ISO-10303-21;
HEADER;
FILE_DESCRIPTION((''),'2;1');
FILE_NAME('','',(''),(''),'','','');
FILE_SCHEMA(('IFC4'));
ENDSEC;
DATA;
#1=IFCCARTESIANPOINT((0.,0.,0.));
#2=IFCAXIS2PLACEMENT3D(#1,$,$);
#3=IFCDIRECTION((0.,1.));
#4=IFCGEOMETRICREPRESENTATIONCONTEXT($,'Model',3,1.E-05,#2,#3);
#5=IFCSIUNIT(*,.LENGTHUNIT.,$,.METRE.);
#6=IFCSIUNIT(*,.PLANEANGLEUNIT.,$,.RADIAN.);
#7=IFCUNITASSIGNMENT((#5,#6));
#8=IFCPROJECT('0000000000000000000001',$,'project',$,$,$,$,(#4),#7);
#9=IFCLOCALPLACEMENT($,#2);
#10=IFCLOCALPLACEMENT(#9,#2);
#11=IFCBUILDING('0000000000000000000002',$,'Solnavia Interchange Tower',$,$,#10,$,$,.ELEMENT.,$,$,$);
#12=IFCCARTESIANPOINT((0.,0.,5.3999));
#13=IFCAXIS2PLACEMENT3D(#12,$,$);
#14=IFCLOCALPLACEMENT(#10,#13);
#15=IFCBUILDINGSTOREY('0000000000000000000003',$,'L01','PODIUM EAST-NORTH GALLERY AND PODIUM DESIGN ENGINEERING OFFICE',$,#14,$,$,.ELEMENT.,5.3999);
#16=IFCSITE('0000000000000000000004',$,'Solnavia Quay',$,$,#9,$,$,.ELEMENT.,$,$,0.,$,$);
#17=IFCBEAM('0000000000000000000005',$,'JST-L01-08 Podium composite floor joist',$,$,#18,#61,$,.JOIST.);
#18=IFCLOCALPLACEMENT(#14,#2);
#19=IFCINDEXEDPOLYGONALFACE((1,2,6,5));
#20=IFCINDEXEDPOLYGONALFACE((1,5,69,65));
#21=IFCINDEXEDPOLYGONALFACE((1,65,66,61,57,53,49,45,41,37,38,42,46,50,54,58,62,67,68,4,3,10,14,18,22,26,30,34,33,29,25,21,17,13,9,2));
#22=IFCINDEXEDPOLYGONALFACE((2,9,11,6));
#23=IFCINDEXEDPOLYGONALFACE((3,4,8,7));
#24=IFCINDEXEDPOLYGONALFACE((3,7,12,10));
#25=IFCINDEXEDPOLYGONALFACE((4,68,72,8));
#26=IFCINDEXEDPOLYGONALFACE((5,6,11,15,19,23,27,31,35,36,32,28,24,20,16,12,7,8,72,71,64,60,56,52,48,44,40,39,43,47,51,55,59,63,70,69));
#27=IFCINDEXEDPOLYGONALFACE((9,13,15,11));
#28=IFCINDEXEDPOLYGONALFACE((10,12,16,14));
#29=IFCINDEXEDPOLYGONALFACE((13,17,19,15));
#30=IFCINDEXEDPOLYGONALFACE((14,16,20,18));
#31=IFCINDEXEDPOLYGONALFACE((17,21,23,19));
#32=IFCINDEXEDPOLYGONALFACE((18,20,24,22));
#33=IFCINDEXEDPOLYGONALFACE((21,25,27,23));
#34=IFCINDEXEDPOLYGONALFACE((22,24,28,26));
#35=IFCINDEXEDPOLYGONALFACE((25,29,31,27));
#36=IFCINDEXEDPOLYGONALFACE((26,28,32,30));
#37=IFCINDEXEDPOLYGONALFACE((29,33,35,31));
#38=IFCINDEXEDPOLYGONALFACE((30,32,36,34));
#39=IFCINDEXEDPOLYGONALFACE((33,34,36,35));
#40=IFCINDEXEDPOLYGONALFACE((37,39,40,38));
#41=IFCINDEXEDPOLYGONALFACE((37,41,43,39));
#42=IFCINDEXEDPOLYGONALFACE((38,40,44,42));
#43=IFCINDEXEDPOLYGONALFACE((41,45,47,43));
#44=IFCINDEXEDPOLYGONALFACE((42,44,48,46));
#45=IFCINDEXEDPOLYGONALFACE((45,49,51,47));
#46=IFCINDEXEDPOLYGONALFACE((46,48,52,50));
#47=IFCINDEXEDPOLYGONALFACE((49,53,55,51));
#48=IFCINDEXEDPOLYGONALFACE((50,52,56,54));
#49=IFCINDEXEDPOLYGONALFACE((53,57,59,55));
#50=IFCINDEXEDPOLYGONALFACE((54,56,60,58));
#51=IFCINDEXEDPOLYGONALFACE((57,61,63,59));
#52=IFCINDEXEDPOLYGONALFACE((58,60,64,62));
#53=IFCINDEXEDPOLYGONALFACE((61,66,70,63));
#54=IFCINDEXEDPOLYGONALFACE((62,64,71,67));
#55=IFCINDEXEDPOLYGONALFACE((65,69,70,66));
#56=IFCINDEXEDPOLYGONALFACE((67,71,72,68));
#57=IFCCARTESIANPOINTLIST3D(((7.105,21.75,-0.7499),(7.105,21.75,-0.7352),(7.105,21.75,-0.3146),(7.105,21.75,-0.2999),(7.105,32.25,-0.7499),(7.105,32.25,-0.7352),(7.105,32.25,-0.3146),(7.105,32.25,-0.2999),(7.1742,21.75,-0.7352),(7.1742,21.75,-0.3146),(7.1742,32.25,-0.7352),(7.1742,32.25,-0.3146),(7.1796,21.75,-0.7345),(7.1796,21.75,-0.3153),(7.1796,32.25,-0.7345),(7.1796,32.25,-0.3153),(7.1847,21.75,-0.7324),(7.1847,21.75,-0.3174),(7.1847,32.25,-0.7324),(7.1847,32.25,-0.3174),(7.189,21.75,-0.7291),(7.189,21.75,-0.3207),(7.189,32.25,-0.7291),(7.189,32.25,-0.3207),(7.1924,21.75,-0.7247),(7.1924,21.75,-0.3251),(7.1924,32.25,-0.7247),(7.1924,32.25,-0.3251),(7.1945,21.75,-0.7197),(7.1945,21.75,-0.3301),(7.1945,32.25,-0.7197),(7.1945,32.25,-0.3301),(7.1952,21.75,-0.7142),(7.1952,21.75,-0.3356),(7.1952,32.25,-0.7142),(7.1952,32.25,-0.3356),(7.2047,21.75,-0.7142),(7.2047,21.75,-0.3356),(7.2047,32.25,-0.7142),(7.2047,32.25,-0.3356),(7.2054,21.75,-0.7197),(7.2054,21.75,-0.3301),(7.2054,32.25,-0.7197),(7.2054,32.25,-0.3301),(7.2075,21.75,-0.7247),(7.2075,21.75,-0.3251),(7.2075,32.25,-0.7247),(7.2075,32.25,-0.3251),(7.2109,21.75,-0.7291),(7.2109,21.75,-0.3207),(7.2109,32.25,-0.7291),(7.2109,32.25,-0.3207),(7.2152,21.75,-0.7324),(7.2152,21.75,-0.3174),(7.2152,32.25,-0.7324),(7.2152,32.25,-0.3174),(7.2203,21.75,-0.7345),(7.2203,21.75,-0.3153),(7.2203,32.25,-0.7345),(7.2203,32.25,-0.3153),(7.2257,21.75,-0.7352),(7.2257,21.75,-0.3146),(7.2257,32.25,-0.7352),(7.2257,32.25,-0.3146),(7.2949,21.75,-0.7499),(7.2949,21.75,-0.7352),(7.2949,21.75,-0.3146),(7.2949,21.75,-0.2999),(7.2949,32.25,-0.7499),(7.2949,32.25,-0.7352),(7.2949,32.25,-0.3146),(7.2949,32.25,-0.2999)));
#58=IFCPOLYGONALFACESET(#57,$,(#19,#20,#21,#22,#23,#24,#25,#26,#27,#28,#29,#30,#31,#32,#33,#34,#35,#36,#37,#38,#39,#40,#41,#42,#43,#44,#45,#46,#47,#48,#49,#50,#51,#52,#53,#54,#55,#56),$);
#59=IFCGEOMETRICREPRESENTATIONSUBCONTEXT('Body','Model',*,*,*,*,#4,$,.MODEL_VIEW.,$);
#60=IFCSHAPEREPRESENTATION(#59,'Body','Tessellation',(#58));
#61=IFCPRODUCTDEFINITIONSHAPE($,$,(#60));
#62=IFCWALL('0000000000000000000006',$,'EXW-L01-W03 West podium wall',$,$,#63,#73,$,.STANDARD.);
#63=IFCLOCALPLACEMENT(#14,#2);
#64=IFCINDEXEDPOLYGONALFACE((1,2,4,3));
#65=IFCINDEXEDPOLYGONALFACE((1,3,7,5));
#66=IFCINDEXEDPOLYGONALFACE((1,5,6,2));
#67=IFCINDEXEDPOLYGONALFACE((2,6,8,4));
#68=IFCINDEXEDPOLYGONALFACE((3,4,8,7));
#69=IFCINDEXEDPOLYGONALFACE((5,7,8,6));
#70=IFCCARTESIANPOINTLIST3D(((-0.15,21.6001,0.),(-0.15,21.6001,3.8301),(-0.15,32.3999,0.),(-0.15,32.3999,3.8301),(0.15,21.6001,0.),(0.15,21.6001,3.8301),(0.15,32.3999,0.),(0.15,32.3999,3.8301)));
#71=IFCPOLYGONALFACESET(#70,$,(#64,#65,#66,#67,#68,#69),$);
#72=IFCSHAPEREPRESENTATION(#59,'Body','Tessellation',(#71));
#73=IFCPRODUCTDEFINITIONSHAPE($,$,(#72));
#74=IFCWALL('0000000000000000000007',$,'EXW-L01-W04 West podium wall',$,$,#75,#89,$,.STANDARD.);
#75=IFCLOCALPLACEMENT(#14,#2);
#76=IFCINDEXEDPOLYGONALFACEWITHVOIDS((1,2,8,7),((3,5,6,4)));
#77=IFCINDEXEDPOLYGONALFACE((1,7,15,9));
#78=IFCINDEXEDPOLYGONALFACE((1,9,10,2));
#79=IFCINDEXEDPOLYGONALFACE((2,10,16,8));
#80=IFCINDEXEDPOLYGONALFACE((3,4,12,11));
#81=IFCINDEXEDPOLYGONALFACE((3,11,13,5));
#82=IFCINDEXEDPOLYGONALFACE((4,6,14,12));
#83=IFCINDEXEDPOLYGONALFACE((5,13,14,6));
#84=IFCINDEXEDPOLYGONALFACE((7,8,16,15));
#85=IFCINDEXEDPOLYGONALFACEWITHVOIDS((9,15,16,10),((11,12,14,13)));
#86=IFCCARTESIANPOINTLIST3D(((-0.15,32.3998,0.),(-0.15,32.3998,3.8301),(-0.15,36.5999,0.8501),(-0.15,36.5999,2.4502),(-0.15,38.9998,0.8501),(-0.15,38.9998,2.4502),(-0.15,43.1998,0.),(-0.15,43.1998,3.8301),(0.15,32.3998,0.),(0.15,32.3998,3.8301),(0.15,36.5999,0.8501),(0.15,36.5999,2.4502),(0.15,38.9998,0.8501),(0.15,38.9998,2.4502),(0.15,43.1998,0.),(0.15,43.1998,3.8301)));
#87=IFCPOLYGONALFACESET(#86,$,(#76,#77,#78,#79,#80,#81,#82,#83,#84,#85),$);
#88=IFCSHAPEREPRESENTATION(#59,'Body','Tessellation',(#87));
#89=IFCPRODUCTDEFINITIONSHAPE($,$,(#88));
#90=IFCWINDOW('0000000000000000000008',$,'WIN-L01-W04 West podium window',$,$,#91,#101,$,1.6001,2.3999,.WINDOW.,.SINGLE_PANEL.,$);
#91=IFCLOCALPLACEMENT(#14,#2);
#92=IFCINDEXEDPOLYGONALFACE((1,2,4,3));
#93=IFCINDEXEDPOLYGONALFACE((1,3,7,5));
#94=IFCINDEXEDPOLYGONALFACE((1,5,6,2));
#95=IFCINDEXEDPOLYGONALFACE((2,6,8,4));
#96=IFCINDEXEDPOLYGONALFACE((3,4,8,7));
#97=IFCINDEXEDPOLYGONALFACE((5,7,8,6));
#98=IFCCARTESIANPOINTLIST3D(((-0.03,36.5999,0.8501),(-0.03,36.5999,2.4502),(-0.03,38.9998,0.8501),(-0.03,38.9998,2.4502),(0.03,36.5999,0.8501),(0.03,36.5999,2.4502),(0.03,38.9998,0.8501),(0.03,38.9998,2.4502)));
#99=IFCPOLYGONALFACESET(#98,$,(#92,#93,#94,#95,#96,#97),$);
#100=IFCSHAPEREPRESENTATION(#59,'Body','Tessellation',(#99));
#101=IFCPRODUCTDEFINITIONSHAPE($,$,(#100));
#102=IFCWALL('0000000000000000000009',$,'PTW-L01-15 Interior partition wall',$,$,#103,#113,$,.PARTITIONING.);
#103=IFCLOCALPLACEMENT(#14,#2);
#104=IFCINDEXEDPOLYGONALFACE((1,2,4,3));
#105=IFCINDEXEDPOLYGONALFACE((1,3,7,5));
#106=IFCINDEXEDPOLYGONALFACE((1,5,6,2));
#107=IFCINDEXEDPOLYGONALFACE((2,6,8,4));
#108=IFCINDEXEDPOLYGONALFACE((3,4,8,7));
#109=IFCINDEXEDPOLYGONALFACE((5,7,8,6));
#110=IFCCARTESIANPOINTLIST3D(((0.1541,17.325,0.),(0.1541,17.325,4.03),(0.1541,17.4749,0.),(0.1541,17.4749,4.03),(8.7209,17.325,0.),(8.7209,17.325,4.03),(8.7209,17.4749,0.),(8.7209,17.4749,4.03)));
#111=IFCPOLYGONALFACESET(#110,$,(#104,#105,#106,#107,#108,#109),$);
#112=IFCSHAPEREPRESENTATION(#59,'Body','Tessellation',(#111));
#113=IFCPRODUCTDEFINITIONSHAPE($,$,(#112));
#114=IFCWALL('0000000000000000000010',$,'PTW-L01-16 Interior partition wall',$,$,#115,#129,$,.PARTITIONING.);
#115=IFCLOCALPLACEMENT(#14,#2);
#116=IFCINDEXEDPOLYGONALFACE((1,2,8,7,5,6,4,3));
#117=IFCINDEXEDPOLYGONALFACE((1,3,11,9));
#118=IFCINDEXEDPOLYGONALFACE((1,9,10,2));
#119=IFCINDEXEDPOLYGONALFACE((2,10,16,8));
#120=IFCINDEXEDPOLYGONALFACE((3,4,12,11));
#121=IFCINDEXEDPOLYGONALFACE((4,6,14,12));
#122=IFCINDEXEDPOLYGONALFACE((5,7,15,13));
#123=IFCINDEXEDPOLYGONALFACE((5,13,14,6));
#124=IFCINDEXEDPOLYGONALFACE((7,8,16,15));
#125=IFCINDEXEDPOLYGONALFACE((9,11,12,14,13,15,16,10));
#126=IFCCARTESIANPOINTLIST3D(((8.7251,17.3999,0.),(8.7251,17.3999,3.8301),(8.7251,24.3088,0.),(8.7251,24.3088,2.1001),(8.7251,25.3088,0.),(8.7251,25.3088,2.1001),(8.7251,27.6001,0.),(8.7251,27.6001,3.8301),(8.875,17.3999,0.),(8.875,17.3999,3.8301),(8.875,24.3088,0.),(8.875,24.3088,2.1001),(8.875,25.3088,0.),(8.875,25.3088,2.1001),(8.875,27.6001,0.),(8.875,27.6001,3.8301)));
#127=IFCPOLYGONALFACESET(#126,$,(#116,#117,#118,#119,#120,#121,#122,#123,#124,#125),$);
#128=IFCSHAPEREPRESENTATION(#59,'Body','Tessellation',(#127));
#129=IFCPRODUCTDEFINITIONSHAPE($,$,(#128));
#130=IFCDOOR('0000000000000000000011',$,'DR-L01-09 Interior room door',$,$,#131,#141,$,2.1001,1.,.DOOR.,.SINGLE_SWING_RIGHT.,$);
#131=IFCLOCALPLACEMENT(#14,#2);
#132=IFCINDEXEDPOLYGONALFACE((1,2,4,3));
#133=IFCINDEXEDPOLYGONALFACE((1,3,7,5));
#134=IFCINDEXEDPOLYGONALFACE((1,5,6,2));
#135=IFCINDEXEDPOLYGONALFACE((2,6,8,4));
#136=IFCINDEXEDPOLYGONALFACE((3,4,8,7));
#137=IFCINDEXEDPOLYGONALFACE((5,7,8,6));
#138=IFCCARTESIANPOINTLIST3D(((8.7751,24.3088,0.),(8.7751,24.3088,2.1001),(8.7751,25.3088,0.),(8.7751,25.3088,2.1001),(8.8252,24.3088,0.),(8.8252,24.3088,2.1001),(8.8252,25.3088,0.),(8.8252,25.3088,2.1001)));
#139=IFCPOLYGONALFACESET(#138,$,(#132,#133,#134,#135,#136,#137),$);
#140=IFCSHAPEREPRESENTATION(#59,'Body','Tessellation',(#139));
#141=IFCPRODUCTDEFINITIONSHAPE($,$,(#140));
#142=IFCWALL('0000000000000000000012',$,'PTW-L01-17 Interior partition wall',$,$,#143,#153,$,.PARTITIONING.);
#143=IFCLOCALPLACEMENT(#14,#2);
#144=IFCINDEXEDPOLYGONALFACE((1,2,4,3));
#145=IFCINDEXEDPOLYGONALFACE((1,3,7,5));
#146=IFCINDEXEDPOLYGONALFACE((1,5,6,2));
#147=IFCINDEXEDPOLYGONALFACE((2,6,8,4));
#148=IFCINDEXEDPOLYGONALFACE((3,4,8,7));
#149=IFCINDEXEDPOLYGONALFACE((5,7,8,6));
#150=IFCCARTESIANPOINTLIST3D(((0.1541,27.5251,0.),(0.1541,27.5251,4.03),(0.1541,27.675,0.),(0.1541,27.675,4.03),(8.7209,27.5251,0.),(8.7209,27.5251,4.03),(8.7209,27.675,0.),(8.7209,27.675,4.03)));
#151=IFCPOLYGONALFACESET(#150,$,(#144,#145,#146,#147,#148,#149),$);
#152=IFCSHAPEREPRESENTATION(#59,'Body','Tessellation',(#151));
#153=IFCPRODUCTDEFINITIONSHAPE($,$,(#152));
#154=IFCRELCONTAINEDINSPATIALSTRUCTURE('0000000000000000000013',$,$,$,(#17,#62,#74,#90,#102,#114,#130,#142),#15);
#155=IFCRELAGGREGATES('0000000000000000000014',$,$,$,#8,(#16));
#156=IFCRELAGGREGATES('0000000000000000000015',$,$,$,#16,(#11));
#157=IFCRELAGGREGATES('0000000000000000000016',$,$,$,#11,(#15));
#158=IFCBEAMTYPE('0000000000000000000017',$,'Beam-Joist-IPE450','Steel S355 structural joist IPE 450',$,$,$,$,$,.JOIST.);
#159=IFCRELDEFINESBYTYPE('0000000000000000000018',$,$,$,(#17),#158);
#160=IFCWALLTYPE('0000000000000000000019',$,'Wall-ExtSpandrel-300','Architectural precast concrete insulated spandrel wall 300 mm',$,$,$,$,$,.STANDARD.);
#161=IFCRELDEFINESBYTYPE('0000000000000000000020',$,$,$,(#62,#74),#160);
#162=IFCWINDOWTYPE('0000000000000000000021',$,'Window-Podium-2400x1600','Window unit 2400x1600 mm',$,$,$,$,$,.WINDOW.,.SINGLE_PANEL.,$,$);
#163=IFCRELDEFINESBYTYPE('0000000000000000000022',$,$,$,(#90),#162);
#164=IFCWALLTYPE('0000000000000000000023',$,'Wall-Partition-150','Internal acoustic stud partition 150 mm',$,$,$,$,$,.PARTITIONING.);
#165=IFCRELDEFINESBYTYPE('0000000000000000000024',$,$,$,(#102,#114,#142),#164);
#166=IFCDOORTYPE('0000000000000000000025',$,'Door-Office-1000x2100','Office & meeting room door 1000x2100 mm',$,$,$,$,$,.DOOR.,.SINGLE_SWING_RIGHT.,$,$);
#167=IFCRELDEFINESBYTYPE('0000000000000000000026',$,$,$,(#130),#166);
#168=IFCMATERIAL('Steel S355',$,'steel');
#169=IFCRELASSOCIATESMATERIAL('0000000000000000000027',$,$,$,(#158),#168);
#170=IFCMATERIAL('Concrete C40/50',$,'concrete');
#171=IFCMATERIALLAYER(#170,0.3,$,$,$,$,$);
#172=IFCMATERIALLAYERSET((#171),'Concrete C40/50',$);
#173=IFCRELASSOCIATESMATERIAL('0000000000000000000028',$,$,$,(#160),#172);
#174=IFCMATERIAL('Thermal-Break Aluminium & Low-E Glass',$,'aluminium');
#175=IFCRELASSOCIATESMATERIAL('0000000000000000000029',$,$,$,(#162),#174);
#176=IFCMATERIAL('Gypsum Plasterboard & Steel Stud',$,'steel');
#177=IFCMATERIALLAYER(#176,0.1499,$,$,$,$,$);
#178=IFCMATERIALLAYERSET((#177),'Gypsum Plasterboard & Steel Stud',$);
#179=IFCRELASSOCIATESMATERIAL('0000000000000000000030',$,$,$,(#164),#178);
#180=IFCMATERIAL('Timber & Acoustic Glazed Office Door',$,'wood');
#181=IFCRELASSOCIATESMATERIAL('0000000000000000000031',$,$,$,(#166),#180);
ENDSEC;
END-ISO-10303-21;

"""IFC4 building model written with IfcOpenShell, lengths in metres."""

from ifc_helpers import new_model, si_unit, direction, frame, frame_2d, origin, origin_2d, place, context, subcontext, project, spatial, rectangle, i_section, extrude, material, layer, layer_set, material_profile, profile_set, type_object, element, fill, save


model = new_model("IFC4")

# Units and contexts
model_context = context("Model", 3, precision=1e-05, world=origin(), true_north=direction((0.0, 1.0)))
body_context = subcontext(model_context, "Body", "Model", "MODEL_VIEW")
ifc_project = project(units=[si_unit("LENGTHUNIT", "METRE"), si_unit("PLANEANGLEUNIT", "RADIAN")], contexts=[model_context])

# Site, building, storey
site_placement = place(None, origin())
site = spatial("IfcSite", under=ifc_project, at=site_placement, Name="Solnavia Quay", CompositionType="ELEMENT", RefElevation=0.0)
building_placement = place(site_placement, origin())
building = spatial("IfcBuilding", under=site, at=building_placement, Name="Solnavia Interchange Tower", CompositionType="ELEMENT")
storey_placement = place(building_placement, frame((0.0, 0.0, 5.3999)))
storey = spatial("IfcBuildingStorey", under=building, at=storey_placement, Name="L01", Description="PODIUM EAST-NORTH GALLERY AND PODIUM DESIGN ENGINEERING OFFICE", CompositionType="ELEMENT", Elevation=5.3999)

# Beam
ifc_material_1 = material(Name="Steel S355", Category="steel")
ifc_material_profile_1 = material_profile(ifc_material_1, i_section(OverallWidth=0.1899, OverallDepth=0.45, WebThickness=0.0095, FlangeThickness=0.0146, FilletRadius=0.021, at=origin_2d()), Name="IPE 450")
ifc_profile_set_1 = profile_set([ifc_material_profile_1], Name="Steel S355")
beam_type_1 = type_object("IfcBeamType", Name="Beam-Joist-IPE450", Description="Steel S355 structural joist IPE 450", PredefinedType="JOIST", material=ifc_profile_set_1)
for number, where, z_axis, x_axis, name in (
    (1, (7.2, 21.75, -0.5249), (0.0, 1.0, 0.0), (-1.0, 0.0, 0.0), "JST-L01-08 Podium composite floor joist"),
):
    element("IfcBeam", number, at=place(storey_placement, frame(where, z_axis=z_axis, x_axis=x_axis)), inside=storey, type_object=beam_type_1, Name=name, PredefinedType="JOIST", context=body_context, shape_type="SweptSolid", body=[
        extrude(i_section(OverallWidth=0.1899, OverallDepth=0.45, WebThickness=0.0095, FlangeThickness=0.0146, FilletRadius=0.021, at=origin_2d()), origin(), (0.0, 0.0, 1.0), 10.5),
    ])

# Wall
ifc_material_2 = material(Name="Concrete C40/50", Category="concrete")
ifc_layer_1 = layer(ifc_material_2, 0.3)
ifc_layer_set_1 = layer_set([ifc_layer_1], Name="Concrete C40/50")
wall_type_1 = type_object("IfcWallType", Name="Wall-ExtSpandrel-300", Description="Architectural precast concrete insulated spandrel wall 300 mm", PredefinedType="STANDARD", material=ifc_layer_set_1)
wall_1_placement = place(storey_placement, frame((0.0, 21.6001, 0.0), z_axis=(0.0, 0.0, 1.0), x_axis=(0.0, 1.0, 0.0)))
element("IfcWall", 2, at=wall_1_placement, inside=storey, type_object=wall_type_1, Name="EXW-L01-W03 West podium wall", PredefinedType="STANDARD", context=body_context, shape_type="SweptSolid", body=[
    extrude(rectangle(XDim=10.7998, YDim=0.3, at=frame_2d((5.3999, 0.0))), origin(), (0.0, 0.0, 1.0), 3.8301),
])

# Wall, opening, window
wall_2_placement = place(storey_placement, frame((0.0, 32.3999, 0.0), z_axis=(0.0, 0.0, 1.0), x_axis=(0.0, 1.0, 0.0)))
wall_2 = element("IfcWall", 3, at=wall_2_placement, inside=storey, type_object=wall_type_1, Name="EXW-L01-W04 West podium wall", PredefinedType="STANDARD", context=body_context, shape_type="SweptSolid", body=[
    extrude(rectangle(XDim=10.8, YDim=0.3, at=frame_2d((5.3999, 0.0))), origin(), (0.0, 0.0, 1.0), 3.8301),
])
opening_1_placement = place(wall_2_placement, frame((4.2, 0.0, 0.8501)))
opening_1 = element("IfcOpeningElement", 4, at=opening_1_placement, cuts=wall_2, PredefinedType="OPENING", context=body_context, shape_type="SweptSolid", body=[
    extrude(rectangle(XDim=2.3999, YDim=1.6001, at=frame_2d((1.2, 0.8))), frame((0.0, 0.1602, 0.0), z_axis=(0.0, -1.0, 0.0), x_axis=(1.0, 0.0, 0.0)), (0.0, 0.0, 1.0), 0.3201),
])
ifc_material_3 = material(Name="Thermal-Break Aluminium & Low-E Glass", Category="aluminium")
window_type = type_object("IfcWindowType", Name="Window-Podium-2400x1600", Description="Window unit 2400x1600 mm", PartitioningType="SINGLE_PANEL", PredefinedType="WINDOW", material=ifc_material_3)
window_placement = place(opening_1_placement, origin())
window = element("IfcWindow", 5, at=window_placement, inside=storey, type_object=window_type, Name="WIN-L01-W04 West podium window", OverallHeight=1.6001, OverallWidth=2.3999, PartitioningType="SINGLE_PANEL", PredefinedType="WINDOW", context=body_context, shape_type="SweptSolid", body=[
    extrude(rectangle(XDim=2.3999, YDim=1.6001, at=frame_2d((1.2, 0.8))), frame((0.0, 0.03, 0.0), z_axis=(0.0, -1.0, 0.0), x_axis=(1.0, 0.0, 0.0)), (0.0, 0.0, 1.0), 0.0601),
])
fill(opening_1, window)

# Wall
ifc_material_4 = material(Name="Gypsum Plasterboard & Steel Stud", Category="steel")
ifc_layer_2 = layer(ifc_material_4, 0.1499)
ifc_layer_set_2 = layer_set([ifc_layer_2], Name="Gypsum Plasterboard & Steel Stud")
wall_type_2 = type_object("IfcWallType", Name="Wall-Partition-150", Description="Internal acoustic stud partition 150 mm", PredefinedType="PARTITIONING", material=ifc_layer_set_2)
wall_3_placement = place(storey_placement, frame((0.1541, 17.3999, 0.0), z_axis=(0.0, 0.0, 1.0), x_axis=(1.0, 0.0, 0.0)))
element("IfcWall", 6, at=wall_3_placement, inside=storey, type_object=wall_type_2, Name="PTW-L01-15 Interior partition wall", PredefinedType="PARTITIONING", context=body_context, shape_type="SweptSolid", body=[
    extrude(rectangle(XDim=8.5669, YDim=0.1499, at=frame_2d((4.2834, 0.0))), origin(), (0.0, 0.0, 1.0), 4.03),
])

# Wall, opening, door
wall_4_placement = place(storey_placement, frame((8.8, 17.3999, 0.0), z_axis=(0.0, 0.0, 1.0), x_axis=(0.0, 1.0, 0.0)))
wall_4 = element("IfcWall", 7, at=wall_4_placement, inside=storey, type_object=wall_type_2, Name="PTW-L01-16 Interior partition wall", PredefinedType="PARTITIONING", context=body_context, shape_type="SweptSolid", body=[
    extrude(rectangle(XDim=10.2002, YDim=0.1499, at=frame_2d((5.1001, 0.0))), origin(), (0.0, 0.0, 1.0), 3.8301),
])
opening_2_placement = place(wall_4_placement, frame((6.9089, 0.0, 0.0)))
opening_2 = element("IfcOpeningElement", 8, at=opening_2_placement, cuts=wall_4, PredefinedType="OPENING", context=body_context, shape_type="SweptSolid", body=[
    extrude(rectangle(XDim=1.0, YDim=2.1001, at=frame_2d((0.5, 1.05))), frame((0.0, 0.085, 0.0), z_axis=(0.0, -1.0, 0.0), x_axis=(1.0, 0.0, 0.0)), (0.0, 0.0, 1.0), 0.1699),
])
ifc_material_5 = material(Name="Timber & Acoustic Glazed Office Door", Category="wood")
door_type_1 = type_object("IfcDoorType", Name="Door-Office-1000x2100", Description="Office & meeting room door 1000x2100 mm", OperationType="SINGLE_SWING_RIGHT", PredefinedType="DOOR", material=ifc_material_5)
door_1_placement = place(opening_2_placement, origin())
door_1 = element("IfcDoor", 9, at=door_1_placement, inside=storey, type_object=door_type_1, Name="DR-L01-09 Interior room door", OperationType="SINGLE_SWING_RIGHT", OverallHeight=2.1001, OverallWidth=1.0, PredefinedType="DOOR", context=body_context, shape_type="SweptSolid", body=[
    extrude(rectangle(XDim=1.0, YDim=2.1001, at=frame_2d((0.5, 1.05))), frame((0.0, 0.0249, 0.0), z_axis=(0.0, -1.0, 0.0), x_axis=(1.0, 0.0, 0.0)), (0.0, 0.0, 1.0), 0.05),
])
fill(opening_2, door_1)

# Wall
wall_5_placement = place(storey_placement, frame((0.1541, 27.6001, 0.0), z_axis=(0.0, 0.0, 1.0), x_axis=(1.0, 0.0, 0.0)))
element("IfcWall", 10, at=wall_5_placement, inside=storey, type_object=wall_type_2, Name="PTW-L01-17 Interior partition wall", PredefinedType="PARTITIONING", context=body_context, shape_type="SweptSolid", body=[
    extrude(rectangle(XDim=8.5669, YDim=0.1499, at=frame_2d((4.2834, 0.0))), origin(), (0.0, 0.0, 1.0), 4.03),
])

save(model, "model.ifc")
